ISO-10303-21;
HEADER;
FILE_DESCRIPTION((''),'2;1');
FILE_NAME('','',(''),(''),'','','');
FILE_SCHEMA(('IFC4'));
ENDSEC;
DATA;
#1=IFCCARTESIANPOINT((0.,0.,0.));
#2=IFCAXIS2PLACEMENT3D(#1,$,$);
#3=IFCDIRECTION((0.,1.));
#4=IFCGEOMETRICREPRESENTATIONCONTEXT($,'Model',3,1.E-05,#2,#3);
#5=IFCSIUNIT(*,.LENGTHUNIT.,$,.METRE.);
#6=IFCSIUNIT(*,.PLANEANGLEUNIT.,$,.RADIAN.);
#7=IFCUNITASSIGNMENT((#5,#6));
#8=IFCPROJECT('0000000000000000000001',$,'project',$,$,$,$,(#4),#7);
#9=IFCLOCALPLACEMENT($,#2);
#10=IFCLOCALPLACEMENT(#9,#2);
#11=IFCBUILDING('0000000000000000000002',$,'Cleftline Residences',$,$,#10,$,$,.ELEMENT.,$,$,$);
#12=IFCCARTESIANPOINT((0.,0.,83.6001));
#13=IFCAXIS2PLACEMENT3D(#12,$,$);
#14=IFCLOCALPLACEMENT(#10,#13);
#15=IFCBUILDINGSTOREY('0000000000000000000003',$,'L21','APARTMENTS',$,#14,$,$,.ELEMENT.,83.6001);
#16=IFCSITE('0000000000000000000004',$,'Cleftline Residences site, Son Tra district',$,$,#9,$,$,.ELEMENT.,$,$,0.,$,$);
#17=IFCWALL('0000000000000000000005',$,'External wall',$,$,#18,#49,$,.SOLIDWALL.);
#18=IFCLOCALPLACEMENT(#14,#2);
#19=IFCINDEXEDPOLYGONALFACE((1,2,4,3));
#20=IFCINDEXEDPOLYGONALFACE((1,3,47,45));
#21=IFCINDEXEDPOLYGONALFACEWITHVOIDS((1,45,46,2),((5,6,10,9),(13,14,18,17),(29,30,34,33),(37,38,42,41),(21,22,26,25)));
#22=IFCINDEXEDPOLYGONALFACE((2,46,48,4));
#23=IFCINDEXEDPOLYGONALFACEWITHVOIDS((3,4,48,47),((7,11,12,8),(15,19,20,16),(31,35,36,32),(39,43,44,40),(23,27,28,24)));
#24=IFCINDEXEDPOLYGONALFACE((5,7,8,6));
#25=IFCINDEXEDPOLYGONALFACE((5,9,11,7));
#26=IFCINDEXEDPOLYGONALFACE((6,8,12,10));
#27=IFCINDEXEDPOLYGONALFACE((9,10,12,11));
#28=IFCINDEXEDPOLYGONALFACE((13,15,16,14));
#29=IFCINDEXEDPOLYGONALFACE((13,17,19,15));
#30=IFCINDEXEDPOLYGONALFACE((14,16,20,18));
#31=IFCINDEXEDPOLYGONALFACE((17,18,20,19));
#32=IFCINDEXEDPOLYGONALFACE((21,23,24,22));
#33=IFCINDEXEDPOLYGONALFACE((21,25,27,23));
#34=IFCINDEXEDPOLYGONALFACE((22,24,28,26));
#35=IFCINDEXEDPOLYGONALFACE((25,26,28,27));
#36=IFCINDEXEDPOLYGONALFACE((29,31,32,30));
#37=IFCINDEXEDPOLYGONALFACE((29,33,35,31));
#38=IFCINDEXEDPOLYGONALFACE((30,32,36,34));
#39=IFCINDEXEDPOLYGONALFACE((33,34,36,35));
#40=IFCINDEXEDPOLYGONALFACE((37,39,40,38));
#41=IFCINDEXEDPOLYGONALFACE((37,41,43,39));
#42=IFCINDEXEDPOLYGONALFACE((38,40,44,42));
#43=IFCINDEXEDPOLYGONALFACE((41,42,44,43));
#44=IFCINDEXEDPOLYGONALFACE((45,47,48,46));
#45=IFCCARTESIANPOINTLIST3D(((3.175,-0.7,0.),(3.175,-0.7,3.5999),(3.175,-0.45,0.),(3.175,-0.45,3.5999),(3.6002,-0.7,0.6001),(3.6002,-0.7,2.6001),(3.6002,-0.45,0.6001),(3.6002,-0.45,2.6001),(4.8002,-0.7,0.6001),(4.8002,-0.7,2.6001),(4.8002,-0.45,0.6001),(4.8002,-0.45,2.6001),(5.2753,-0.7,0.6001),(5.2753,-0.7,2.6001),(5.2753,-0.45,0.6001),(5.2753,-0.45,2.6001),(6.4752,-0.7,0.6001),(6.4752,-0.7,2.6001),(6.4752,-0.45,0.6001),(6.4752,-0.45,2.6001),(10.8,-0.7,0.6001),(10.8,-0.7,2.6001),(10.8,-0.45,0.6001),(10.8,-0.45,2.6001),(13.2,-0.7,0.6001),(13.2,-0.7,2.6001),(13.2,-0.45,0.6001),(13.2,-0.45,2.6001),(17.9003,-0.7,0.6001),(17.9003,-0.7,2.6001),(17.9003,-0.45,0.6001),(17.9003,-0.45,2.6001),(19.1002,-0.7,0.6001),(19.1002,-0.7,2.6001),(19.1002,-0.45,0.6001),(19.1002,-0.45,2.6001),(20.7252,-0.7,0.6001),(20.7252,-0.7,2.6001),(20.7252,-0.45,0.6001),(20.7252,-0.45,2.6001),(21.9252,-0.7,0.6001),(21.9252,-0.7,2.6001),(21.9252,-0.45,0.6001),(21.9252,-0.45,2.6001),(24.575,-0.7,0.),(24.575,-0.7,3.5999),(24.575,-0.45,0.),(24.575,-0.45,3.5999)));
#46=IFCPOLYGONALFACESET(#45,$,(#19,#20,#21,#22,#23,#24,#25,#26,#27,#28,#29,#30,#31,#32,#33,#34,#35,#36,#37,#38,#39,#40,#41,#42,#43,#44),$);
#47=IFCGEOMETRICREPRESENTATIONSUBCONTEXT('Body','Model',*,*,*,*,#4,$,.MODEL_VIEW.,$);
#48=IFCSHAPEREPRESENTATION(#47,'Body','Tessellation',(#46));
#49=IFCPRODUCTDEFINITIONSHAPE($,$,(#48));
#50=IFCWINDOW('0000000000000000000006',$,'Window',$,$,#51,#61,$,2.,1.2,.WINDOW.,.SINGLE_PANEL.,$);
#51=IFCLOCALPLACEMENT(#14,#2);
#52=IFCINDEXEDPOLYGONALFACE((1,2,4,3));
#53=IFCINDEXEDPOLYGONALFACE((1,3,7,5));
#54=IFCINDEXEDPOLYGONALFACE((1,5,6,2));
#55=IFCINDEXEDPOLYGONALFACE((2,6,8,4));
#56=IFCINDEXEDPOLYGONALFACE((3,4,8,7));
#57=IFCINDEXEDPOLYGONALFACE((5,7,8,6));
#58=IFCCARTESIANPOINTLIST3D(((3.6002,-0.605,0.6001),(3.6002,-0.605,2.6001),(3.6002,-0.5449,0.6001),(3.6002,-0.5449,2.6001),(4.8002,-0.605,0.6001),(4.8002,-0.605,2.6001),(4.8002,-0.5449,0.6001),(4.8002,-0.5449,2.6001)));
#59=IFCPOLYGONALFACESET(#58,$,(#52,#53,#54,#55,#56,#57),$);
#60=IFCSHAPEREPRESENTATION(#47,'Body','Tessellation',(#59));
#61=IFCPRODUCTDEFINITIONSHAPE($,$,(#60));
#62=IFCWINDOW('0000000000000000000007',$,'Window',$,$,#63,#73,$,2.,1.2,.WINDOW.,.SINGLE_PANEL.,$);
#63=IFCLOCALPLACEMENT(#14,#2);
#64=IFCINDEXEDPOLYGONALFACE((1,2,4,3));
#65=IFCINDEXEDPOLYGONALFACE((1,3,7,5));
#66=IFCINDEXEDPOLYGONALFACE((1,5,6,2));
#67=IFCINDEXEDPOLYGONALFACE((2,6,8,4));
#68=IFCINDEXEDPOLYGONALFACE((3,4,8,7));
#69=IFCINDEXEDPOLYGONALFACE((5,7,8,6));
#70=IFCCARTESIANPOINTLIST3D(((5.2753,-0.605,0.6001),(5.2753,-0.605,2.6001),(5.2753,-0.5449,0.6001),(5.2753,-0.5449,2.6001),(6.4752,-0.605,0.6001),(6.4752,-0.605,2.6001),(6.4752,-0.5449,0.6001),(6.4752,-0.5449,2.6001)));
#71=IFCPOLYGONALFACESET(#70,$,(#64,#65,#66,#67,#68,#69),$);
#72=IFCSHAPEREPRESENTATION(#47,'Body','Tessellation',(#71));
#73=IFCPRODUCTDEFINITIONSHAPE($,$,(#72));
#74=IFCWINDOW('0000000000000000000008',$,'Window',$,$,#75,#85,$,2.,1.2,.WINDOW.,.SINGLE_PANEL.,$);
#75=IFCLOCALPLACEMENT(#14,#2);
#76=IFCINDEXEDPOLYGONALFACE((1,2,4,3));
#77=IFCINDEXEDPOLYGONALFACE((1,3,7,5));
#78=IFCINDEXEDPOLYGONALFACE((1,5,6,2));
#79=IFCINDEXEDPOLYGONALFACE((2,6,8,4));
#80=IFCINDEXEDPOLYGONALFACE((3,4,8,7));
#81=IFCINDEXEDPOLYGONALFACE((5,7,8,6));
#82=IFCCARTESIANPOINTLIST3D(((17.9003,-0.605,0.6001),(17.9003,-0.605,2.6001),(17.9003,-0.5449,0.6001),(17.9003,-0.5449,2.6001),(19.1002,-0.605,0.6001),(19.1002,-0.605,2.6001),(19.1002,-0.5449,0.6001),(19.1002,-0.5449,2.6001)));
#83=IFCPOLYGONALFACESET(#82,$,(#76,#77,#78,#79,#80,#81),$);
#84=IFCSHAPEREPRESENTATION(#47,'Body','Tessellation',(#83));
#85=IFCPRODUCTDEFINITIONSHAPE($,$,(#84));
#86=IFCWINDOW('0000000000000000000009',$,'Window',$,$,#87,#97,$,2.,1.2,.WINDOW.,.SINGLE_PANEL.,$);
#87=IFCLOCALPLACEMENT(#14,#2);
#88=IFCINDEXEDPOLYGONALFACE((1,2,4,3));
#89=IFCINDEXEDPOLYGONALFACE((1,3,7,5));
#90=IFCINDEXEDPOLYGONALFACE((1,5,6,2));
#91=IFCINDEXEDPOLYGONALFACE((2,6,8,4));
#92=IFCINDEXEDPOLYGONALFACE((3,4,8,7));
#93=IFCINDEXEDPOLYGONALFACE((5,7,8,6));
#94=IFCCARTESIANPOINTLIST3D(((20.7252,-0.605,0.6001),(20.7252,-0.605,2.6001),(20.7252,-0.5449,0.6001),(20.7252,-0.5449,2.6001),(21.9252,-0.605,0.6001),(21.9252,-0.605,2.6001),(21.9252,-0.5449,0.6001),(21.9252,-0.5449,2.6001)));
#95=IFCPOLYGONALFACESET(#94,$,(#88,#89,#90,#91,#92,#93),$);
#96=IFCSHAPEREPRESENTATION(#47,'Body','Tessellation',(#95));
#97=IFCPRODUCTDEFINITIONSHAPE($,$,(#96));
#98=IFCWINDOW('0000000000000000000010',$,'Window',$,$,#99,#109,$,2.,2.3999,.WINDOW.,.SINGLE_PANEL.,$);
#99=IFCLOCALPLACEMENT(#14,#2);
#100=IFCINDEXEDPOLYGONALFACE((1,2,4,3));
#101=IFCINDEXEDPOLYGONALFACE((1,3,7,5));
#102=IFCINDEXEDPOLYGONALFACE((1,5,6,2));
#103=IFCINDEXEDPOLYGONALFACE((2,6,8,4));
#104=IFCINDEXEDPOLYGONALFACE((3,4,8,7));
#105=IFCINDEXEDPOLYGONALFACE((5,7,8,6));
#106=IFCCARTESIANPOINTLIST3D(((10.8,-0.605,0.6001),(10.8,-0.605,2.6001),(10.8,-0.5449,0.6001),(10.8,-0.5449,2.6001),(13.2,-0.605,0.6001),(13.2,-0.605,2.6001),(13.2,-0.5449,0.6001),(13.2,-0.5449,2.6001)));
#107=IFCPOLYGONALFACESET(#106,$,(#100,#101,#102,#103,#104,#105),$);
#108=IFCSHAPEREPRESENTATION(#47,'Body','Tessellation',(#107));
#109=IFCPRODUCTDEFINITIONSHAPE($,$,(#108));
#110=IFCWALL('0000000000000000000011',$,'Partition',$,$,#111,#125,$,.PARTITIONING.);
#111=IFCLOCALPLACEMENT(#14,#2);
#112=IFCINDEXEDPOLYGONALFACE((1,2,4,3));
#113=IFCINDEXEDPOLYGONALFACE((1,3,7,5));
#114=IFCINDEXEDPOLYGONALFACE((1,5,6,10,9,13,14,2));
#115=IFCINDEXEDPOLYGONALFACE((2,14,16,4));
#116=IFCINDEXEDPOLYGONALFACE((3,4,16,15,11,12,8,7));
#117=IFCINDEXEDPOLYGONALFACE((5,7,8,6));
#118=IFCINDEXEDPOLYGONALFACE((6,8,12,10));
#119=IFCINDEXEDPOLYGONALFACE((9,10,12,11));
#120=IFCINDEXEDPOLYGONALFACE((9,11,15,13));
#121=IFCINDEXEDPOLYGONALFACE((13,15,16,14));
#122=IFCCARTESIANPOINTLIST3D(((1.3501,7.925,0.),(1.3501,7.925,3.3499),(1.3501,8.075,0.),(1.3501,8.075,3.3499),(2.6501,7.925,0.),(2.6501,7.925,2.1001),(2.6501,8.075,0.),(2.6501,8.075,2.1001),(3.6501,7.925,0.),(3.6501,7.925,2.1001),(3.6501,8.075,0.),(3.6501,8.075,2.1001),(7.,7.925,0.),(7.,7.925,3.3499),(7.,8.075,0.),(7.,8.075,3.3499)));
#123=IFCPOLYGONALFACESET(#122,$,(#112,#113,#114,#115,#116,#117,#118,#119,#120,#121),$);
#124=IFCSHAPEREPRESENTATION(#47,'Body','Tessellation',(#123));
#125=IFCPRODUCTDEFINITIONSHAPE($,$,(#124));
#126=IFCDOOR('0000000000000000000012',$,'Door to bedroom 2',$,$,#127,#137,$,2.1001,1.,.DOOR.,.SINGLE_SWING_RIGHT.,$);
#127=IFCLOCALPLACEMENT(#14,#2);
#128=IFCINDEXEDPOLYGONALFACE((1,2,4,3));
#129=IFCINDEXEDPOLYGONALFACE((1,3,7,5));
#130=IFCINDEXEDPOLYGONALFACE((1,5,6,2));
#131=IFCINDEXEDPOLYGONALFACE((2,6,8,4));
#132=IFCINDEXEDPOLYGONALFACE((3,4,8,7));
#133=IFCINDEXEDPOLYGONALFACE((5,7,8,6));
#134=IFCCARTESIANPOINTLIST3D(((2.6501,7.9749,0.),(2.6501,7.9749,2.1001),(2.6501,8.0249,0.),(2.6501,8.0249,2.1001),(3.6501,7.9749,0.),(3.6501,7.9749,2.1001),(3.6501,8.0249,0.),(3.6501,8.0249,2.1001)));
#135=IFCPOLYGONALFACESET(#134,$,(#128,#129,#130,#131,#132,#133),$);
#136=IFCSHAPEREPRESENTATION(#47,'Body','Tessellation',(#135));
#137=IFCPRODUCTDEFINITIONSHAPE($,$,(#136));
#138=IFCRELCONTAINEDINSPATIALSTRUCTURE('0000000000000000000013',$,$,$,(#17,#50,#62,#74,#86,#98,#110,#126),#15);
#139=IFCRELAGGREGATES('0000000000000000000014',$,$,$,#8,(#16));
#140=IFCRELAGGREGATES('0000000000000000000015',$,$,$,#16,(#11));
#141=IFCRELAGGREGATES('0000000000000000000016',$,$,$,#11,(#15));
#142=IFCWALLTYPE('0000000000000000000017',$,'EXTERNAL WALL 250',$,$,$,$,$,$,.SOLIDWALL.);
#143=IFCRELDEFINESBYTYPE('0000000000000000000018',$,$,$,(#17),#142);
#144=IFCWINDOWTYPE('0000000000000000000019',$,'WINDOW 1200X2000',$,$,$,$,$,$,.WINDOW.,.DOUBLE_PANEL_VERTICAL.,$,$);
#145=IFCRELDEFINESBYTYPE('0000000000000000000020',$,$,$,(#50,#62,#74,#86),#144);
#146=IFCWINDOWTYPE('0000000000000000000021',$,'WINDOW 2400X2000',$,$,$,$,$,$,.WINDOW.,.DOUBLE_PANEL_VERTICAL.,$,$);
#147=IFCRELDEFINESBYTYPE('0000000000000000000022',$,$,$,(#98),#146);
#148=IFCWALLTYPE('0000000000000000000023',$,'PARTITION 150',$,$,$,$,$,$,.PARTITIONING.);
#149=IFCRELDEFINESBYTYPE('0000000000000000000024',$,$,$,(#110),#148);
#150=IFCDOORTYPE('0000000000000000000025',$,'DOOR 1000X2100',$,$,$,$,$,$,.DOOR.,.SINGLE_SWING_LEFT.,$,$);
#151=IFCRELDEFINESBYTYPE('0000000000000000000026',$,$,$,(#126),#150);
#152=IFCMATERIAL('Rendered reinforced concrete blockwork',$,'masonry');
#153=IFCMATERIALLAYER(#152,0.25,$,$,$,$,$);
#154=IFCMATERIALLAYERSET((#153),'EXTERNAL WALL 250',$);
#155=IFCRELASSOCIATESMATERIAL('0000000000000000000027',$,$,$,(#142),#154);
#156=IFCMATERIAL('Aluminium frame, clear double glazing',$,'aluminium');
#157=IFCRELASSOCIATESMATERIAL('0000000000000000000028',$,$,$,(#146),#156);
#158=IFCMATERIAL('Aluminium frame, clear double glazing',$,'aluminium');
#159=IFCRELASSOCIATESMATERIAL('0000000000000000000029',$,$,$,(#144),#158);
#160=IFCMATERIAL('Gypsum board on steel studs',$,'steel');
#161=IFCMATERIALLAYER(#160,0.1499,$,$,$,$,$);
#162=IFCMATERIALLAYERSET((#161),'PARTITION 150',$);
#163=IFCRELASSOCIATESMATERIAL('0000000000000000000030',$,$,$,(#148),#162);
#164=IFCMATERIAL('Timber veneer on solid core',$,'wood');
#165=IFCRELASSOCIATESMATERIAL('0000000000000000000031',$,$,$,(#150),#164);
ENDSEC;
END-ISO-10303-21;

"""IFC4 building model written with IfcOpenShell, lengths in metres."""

from ifc_helpers import new_model, si_unit, direction, frame, frame_2d, origin, place, context, subcontext, project, spatial, rectangle, extrude, material, layer, layer_set, type_object, element, fill, save


model = new_model("IFC4")

# Units and contexts
model_context = context("Model", 3, precision=1e-05, world=origin(), true_north=direction((0.0, 1.0)))
body_context = subcontext(model_context, "Body", "Model", "MODEL_VIEW")
ifc_project = project(units=[si_unit("LENGTHUNIT", "METRE"), si_unit("PLANEANGLEUNIT", "RADIAN")], contexts=[model_context])

# Site, building, storey
site_placement = place(None, origin())
site = spatial("IfcSite", under=ifc_project, at=site_placement, Name="Cleftline Residences site, Son Tra district", CompositionType="ELEMENT", RefElevation=0.0)
building_placement = place(site_placement, origin())
building = spatial("IfcBuilding", under=site, at=building_placement, Name="Cleftline Residences", CompositionType="ELEMENT")
storey_placement = place(building_placement, frame((0.0, 0.0, 83.6001)))
storey = spatial("IfcBuildingStorey", under=building, at=storey_placement, Name="L21", Description="APARTMENTS", CompositionType="ELEMENT", Elevation=83.6001)

# Shared definitions
ifc_material_1 = material(Name="Rendered reinforced concrete blockwork", Category="masonry")
ifc_layer_1 = layer(ifc_material_1, 0.25)
ifc_layer_set_1 = layer_set([ifc_layer_1], Name="EXTERNAL WALL 250")
wall_type_1 = type_object("IfcWallType", Name="EXTERNAL WALL 250", PredefinedType="SOLIDWALL", material=ifc_layer_set_1)
ifc_material_2 = material(Name="Aluminium frame, clear double glazing", Category="aluminium")
window_type_1 = type_object("IfcWindowType", Name="WINDOW 2400X2000", PartitioningType="DOUBLE_PANEL_VERTICAL", PredefinedType="WINDOW", material=ifc_material_2)

# Wall, openings, windows
wall_1_placement = place(storey_placement, frame((3.175, -0.575, 0.0), z_axis=(0.0, 0.0, 1.0), x_axis=(1.0, 0.0, 0.0)))
wall_1 = element("IfcWall", 1, at=wall_1_placement, inside=storey, type_object=wall_type_1, Name="External wall", PredefinedType="SOLIDWALL", context=body_context, shape_type="SweptSolid", body=[
    extrude(rectangle(XDim=21.3999, YDim=0.25, at=frame_2d((10.7, 0.0))), origin(), (0.0, 0.0, 1.0), 3.5999),
])
opening_1_placement = place(wall_1_placement, frame((0.425, 0.0, 0.6001)))
opening_1 = element("IfcOpeningElement", 2, at=opening_1_placement, cuts=wall_1, PredefinedType="OPENING", context=body_context, shape_type="SweptSolid", body=[
    extrude(rectangle(XDim=1.2, YDim=2.0, at=frame_2d((0.6001, 1.0))), frame((0.0, 0.135, 0.0), z_axis=(0.0, -1.0, 0.0), x_axis=(1.0, 0.0, 0.0)), (0.0, 0.0, 1.0), 0.27),
])
opening_2_placement = place(wall_1_placement, frame((2.1001, 0.0, 0.6001)))
opening_2 = element("IfcOpeningElement", 3, at=opening_2_placement, cuts=wall_1, PredefinedType="OPENING", context=body_context, shape_type="SweptSolid", body=[
    extrude(rectangle(XDim=1.2, YDim=2.0, at=frame_2d((0.6001, 1.0))), frame((0.0, 0.135, 0.0), z_axis=(0.0, -1.0, 0.0), x_axis=(1.0, 0.0, 0.0)), (0.0, 0.0, 1.0), 0.27),
])
opening_3_placement = place(wall_1_placement, frame((7.625, 0.0, 0.6001)))
opening_3 = element("IfcOpeningElement", 4, at=opening_3_placement, cuts=wall_1, PredefinedType="OPENING", context=body_context, shape_type="SweptSolid", body=[
    extrude(rectangle(XDim=2.3999, YDim=2.0, at=frame_2d((1.2, 1.0))), frame((0.0, 0.135, 0.0), z_axis=(0.0, -1.0, 0.0), x_axis=(1.0, 0.0, 0.0)), (0.0, 0.0, 1.0), 0.27),
])
opening_4_placement = place(wall_1_placement, frame((14.7251, 0.0, 0.6001)))
opening_4 = element("IfcOpeningElement", 5, at=opening_4_placement, cuts=wall_1, PredefinedType="OPENING", context=body_context, shape_type="SweptSolid", body=[
    extrude(rectangle(XDim=1.2, YDim=2.0, at=frame_2d((0.6001, 1.0))), frame((0.0, 0.135, 0.0), z_axis=(0.0, -1.0, 0.0), x_axis=(1.0, 0.0, 0.0)), (0.0, 0.0, 1.0), 0.27),
])
opening_5_placement = place(wall_1_placement, frame((17.55, 0.0, 0.6001)))
opening_5 = element("IfcOpeningElement", 6, at=opening_5_placement, cuts=wall_1, PredefinedType="OPENING", context=body_context, shape_type="SweptSolid", body=[
    extrude(rectangle(XDim=1.2, YDim=2.0, at=frame_2d((0.6001, 1.0))), frame((0.0, 0.135, 0.0), z_axis=(0.0, -1.0, 0.0), x_axis=(1.0, 0.0, 0.0)), (0.0, 0.0, 1.0), 0.27),
])
ifc_material_3 = material(Name="Aluminium frame, clear double glazing", Category="aluminium")
window_type_2 = type_object("IfcWindowType", Name="WINDOW 1200X2000", PartitioningType="DOUBLE_PANEL_VERTICAL", PredefinedType="WINDOW", material=ifc_material_3)
window_1_placement = place(opening_1_placement, origin())
window_1 = element("IfcWindow", 7, at=window_1_placement, inside=storey, type_object=window_type_2, Name="Window", OverallHeight=2.0, OverallWidth=1.2, PartitioningType="SINGLE_PANEL", PredefinedType="WINDOW", context=body_context, shape_type="SweptSolid", body=[
    extrude(rectangle(XDim=1.2, YDim=2.0, at=frame_2d((0.6001, 1.0))), frame((0.0, 0.03, 0.0), z_axis=(0.0, -1.0, 0.0), x_axis=(1.0, 0.0, 0.0)), (0.0, 0.0, 1.0), 0.0601),
])
fill(opening_1, window_1)
window_2_placement = place(opening_2_placement, origin())
window_2 = element("IfcWindow", 8, at=window_2_placement, inside=storey, type_object=window_type_2, Name="Window", OverallHeight=2.0, OverallWidth=1.2, PartitioningType="SINGLE_PANEL", PredefinedType="WINDOW", context=body_context, shape_type="SweptSolid", body=[
    extrude(rectangle(XDim=1.2, YDim=2.0, at=frame_2d((0.6001, 1.0))), frame((0.0, 0.03, 0.0), z_axis=(0.0, -1.0, 0.0), x_axis=(1.0, 0.0, 0.0)), (0.0, 0.0, 1.0), 0.0601),
])
fill(opening_2, window_2)
window_3_placement = place(opening_4_placement, origin())
window_3 = element("IfcWindow", 9, at=window_3_placement, inside=storey, type_object=window_type_2, Name="Window", OverallHeight=2.0, OverallWidth=1.2, PartitioningType="SINGLE_PANEL", PredefinedType="WINDOW", context=body_context, shape_type="SweptSolid", body=[
    extrude(rectangle(XDim=1.2, YDim=2.0, at=frame_2d((0.6001, 1.0))), frame((0.0, 0.03, 0.0), z_axis=(0.0, -1.0, 0.0), x_axis=(1.0, 0.0, 0.0)), (0.0, 0.0, 1.0), 0.0601),
])
fill(opening_4, window_3)
window_4_placement = place(opening_5_placement, origin())
window_4 = element("IfcWindow", 10, at=window_4_placement, inside=storey, type_object=window_type_2, Name="Window", OverallHeight=2.0, OverallWidth=1.2, PartitioningType="SINGLE_PANEL", PredefinedType="WINDOW", context=body_context, shape_type="SweptSolid", body=[
    extrude(rectangle(XDim=1.2, YDim=2.0, at=frame_2d((0.6001, 1.0))), frame((0.0, 0.03, 0.0), z_axis=(0.0, -1.0, 0.0), x_axis=(1.0, 0.0, 0.0)), (0.0, 0.0, 1.0), 0.0601),
])
fill(opening_5, window_4)
window_5_placement = place(opening_3_placement, origin())
window_5 = element("IfcWindow", 11, at=window_5_placement, inside=storey, type_object=window_type_1, Name="Window", OverallHeight=2.0, OverallWidth=2.3999, PartitioningType="SINGLE_PANEL", PredefinedType="WINDOW", context=body_context, shape_type="SweptSolid", body=[
    extrude(rectangle(XDim=2.3999, YDim=2.0, at=frame_2d((1.2, 1.0))), frame((0.0, 0.03, 0.0), z_axis=(0.0, -1.0, 0.0), x_axis=(1.0, 0.0, 0.0)), (0.0, 0.0, 1.0), 0.0601),
])
fill(opening_3, window_5)

# Wall, opening, door
ifc_material_4 = material(Name="Gypsum board on steel studs", Category="steel")
ifc_layer_2 = layer(ifc_material_4, 0.1499)
ifc_layer_set_2 = layer_set([ifc_layer_2], Name="PARTITION 150")
wall_type_2 = type_object("IfcWallType", Name="PARTITION 150", PredefinedType="PARTITIONING", material=ifc_layer_set_2)
wall_2_placement = place(storey_placement, frame((1.3501, 8.0, 0.0), z_axis=(0.0, 0.0, 1.0), x_axis=(1.0, 0.0, 0.0)))
wall_2 = element("IfcWall", 12, at=wall_2_placement, inside=storey, type_object=wall_type_2, Name="Partition", PredefinedType="PARTITIONING", context=body_context, shape_type="SweptSolid", body=[
    extrude(rectangle(XDim=5.6499, YDim=0.1499, at=frame_2d((2.825, 0.0))), origin(), (0.0, 0.0, 1.0), 3.3499),
])
opening_6_placement = place(wall_2_placement, frame((1.3, 0.0, 0.0)))
opening_6 = element("IfcOpeningElement", 13, at=opening_6_placement, cuts=wall_2, PredefinedType="OPENING", context=body_context, shape_type="SweptSolid", body=[
    extrude(rectangle(XDim=1.0, YDim=2.1001, at=frame_2d((0.5, 1.05))), frame((0.0, 0.085, 0.0), z_axis=(0.0, -1.0, 0.0), x_axis=(1.0, 0.0, 0.0)), (0.0, 0.0, 1.0), 0.1699),
])
ifc_material_5 = material(Name="Timber veneer on solid core", Category="wood")
door_type_1 = type_object("IfcDoorType", Name="DOOR 1000X2100", OperationType="SINGLE_SWING_LEFT", PredefinedType="DOOR", material=ifc_material_5)
door_1_placement = place(opening_6_placement, origin())
door_1 = element("IfcDoor", 14, at=door_1_placement, inside=storey, type_object=door_type_1, Name="Door to bedroom 2", OperationType="SINGLE_SWING_RIGHT", OverallHeight=2.1001, OverallWidth=1.0, PredefinedType="DOOR", context=body_context, shape_type="SweptSolid", body=[
    extrude(rectangle(XDim=1.0, YDim=2.1001, at=frame_2d((0.5, 1.05))), frame((0.0, 0.0249, 0.0), z_axis=(0.0, -1.0, 0.0), x_axis=(1.0, 0.0, 0.0)), (0.0, 0.0, 1.0), 0.05),
])
fill(opening_6, door_1)

save(model, "model.ifc")
